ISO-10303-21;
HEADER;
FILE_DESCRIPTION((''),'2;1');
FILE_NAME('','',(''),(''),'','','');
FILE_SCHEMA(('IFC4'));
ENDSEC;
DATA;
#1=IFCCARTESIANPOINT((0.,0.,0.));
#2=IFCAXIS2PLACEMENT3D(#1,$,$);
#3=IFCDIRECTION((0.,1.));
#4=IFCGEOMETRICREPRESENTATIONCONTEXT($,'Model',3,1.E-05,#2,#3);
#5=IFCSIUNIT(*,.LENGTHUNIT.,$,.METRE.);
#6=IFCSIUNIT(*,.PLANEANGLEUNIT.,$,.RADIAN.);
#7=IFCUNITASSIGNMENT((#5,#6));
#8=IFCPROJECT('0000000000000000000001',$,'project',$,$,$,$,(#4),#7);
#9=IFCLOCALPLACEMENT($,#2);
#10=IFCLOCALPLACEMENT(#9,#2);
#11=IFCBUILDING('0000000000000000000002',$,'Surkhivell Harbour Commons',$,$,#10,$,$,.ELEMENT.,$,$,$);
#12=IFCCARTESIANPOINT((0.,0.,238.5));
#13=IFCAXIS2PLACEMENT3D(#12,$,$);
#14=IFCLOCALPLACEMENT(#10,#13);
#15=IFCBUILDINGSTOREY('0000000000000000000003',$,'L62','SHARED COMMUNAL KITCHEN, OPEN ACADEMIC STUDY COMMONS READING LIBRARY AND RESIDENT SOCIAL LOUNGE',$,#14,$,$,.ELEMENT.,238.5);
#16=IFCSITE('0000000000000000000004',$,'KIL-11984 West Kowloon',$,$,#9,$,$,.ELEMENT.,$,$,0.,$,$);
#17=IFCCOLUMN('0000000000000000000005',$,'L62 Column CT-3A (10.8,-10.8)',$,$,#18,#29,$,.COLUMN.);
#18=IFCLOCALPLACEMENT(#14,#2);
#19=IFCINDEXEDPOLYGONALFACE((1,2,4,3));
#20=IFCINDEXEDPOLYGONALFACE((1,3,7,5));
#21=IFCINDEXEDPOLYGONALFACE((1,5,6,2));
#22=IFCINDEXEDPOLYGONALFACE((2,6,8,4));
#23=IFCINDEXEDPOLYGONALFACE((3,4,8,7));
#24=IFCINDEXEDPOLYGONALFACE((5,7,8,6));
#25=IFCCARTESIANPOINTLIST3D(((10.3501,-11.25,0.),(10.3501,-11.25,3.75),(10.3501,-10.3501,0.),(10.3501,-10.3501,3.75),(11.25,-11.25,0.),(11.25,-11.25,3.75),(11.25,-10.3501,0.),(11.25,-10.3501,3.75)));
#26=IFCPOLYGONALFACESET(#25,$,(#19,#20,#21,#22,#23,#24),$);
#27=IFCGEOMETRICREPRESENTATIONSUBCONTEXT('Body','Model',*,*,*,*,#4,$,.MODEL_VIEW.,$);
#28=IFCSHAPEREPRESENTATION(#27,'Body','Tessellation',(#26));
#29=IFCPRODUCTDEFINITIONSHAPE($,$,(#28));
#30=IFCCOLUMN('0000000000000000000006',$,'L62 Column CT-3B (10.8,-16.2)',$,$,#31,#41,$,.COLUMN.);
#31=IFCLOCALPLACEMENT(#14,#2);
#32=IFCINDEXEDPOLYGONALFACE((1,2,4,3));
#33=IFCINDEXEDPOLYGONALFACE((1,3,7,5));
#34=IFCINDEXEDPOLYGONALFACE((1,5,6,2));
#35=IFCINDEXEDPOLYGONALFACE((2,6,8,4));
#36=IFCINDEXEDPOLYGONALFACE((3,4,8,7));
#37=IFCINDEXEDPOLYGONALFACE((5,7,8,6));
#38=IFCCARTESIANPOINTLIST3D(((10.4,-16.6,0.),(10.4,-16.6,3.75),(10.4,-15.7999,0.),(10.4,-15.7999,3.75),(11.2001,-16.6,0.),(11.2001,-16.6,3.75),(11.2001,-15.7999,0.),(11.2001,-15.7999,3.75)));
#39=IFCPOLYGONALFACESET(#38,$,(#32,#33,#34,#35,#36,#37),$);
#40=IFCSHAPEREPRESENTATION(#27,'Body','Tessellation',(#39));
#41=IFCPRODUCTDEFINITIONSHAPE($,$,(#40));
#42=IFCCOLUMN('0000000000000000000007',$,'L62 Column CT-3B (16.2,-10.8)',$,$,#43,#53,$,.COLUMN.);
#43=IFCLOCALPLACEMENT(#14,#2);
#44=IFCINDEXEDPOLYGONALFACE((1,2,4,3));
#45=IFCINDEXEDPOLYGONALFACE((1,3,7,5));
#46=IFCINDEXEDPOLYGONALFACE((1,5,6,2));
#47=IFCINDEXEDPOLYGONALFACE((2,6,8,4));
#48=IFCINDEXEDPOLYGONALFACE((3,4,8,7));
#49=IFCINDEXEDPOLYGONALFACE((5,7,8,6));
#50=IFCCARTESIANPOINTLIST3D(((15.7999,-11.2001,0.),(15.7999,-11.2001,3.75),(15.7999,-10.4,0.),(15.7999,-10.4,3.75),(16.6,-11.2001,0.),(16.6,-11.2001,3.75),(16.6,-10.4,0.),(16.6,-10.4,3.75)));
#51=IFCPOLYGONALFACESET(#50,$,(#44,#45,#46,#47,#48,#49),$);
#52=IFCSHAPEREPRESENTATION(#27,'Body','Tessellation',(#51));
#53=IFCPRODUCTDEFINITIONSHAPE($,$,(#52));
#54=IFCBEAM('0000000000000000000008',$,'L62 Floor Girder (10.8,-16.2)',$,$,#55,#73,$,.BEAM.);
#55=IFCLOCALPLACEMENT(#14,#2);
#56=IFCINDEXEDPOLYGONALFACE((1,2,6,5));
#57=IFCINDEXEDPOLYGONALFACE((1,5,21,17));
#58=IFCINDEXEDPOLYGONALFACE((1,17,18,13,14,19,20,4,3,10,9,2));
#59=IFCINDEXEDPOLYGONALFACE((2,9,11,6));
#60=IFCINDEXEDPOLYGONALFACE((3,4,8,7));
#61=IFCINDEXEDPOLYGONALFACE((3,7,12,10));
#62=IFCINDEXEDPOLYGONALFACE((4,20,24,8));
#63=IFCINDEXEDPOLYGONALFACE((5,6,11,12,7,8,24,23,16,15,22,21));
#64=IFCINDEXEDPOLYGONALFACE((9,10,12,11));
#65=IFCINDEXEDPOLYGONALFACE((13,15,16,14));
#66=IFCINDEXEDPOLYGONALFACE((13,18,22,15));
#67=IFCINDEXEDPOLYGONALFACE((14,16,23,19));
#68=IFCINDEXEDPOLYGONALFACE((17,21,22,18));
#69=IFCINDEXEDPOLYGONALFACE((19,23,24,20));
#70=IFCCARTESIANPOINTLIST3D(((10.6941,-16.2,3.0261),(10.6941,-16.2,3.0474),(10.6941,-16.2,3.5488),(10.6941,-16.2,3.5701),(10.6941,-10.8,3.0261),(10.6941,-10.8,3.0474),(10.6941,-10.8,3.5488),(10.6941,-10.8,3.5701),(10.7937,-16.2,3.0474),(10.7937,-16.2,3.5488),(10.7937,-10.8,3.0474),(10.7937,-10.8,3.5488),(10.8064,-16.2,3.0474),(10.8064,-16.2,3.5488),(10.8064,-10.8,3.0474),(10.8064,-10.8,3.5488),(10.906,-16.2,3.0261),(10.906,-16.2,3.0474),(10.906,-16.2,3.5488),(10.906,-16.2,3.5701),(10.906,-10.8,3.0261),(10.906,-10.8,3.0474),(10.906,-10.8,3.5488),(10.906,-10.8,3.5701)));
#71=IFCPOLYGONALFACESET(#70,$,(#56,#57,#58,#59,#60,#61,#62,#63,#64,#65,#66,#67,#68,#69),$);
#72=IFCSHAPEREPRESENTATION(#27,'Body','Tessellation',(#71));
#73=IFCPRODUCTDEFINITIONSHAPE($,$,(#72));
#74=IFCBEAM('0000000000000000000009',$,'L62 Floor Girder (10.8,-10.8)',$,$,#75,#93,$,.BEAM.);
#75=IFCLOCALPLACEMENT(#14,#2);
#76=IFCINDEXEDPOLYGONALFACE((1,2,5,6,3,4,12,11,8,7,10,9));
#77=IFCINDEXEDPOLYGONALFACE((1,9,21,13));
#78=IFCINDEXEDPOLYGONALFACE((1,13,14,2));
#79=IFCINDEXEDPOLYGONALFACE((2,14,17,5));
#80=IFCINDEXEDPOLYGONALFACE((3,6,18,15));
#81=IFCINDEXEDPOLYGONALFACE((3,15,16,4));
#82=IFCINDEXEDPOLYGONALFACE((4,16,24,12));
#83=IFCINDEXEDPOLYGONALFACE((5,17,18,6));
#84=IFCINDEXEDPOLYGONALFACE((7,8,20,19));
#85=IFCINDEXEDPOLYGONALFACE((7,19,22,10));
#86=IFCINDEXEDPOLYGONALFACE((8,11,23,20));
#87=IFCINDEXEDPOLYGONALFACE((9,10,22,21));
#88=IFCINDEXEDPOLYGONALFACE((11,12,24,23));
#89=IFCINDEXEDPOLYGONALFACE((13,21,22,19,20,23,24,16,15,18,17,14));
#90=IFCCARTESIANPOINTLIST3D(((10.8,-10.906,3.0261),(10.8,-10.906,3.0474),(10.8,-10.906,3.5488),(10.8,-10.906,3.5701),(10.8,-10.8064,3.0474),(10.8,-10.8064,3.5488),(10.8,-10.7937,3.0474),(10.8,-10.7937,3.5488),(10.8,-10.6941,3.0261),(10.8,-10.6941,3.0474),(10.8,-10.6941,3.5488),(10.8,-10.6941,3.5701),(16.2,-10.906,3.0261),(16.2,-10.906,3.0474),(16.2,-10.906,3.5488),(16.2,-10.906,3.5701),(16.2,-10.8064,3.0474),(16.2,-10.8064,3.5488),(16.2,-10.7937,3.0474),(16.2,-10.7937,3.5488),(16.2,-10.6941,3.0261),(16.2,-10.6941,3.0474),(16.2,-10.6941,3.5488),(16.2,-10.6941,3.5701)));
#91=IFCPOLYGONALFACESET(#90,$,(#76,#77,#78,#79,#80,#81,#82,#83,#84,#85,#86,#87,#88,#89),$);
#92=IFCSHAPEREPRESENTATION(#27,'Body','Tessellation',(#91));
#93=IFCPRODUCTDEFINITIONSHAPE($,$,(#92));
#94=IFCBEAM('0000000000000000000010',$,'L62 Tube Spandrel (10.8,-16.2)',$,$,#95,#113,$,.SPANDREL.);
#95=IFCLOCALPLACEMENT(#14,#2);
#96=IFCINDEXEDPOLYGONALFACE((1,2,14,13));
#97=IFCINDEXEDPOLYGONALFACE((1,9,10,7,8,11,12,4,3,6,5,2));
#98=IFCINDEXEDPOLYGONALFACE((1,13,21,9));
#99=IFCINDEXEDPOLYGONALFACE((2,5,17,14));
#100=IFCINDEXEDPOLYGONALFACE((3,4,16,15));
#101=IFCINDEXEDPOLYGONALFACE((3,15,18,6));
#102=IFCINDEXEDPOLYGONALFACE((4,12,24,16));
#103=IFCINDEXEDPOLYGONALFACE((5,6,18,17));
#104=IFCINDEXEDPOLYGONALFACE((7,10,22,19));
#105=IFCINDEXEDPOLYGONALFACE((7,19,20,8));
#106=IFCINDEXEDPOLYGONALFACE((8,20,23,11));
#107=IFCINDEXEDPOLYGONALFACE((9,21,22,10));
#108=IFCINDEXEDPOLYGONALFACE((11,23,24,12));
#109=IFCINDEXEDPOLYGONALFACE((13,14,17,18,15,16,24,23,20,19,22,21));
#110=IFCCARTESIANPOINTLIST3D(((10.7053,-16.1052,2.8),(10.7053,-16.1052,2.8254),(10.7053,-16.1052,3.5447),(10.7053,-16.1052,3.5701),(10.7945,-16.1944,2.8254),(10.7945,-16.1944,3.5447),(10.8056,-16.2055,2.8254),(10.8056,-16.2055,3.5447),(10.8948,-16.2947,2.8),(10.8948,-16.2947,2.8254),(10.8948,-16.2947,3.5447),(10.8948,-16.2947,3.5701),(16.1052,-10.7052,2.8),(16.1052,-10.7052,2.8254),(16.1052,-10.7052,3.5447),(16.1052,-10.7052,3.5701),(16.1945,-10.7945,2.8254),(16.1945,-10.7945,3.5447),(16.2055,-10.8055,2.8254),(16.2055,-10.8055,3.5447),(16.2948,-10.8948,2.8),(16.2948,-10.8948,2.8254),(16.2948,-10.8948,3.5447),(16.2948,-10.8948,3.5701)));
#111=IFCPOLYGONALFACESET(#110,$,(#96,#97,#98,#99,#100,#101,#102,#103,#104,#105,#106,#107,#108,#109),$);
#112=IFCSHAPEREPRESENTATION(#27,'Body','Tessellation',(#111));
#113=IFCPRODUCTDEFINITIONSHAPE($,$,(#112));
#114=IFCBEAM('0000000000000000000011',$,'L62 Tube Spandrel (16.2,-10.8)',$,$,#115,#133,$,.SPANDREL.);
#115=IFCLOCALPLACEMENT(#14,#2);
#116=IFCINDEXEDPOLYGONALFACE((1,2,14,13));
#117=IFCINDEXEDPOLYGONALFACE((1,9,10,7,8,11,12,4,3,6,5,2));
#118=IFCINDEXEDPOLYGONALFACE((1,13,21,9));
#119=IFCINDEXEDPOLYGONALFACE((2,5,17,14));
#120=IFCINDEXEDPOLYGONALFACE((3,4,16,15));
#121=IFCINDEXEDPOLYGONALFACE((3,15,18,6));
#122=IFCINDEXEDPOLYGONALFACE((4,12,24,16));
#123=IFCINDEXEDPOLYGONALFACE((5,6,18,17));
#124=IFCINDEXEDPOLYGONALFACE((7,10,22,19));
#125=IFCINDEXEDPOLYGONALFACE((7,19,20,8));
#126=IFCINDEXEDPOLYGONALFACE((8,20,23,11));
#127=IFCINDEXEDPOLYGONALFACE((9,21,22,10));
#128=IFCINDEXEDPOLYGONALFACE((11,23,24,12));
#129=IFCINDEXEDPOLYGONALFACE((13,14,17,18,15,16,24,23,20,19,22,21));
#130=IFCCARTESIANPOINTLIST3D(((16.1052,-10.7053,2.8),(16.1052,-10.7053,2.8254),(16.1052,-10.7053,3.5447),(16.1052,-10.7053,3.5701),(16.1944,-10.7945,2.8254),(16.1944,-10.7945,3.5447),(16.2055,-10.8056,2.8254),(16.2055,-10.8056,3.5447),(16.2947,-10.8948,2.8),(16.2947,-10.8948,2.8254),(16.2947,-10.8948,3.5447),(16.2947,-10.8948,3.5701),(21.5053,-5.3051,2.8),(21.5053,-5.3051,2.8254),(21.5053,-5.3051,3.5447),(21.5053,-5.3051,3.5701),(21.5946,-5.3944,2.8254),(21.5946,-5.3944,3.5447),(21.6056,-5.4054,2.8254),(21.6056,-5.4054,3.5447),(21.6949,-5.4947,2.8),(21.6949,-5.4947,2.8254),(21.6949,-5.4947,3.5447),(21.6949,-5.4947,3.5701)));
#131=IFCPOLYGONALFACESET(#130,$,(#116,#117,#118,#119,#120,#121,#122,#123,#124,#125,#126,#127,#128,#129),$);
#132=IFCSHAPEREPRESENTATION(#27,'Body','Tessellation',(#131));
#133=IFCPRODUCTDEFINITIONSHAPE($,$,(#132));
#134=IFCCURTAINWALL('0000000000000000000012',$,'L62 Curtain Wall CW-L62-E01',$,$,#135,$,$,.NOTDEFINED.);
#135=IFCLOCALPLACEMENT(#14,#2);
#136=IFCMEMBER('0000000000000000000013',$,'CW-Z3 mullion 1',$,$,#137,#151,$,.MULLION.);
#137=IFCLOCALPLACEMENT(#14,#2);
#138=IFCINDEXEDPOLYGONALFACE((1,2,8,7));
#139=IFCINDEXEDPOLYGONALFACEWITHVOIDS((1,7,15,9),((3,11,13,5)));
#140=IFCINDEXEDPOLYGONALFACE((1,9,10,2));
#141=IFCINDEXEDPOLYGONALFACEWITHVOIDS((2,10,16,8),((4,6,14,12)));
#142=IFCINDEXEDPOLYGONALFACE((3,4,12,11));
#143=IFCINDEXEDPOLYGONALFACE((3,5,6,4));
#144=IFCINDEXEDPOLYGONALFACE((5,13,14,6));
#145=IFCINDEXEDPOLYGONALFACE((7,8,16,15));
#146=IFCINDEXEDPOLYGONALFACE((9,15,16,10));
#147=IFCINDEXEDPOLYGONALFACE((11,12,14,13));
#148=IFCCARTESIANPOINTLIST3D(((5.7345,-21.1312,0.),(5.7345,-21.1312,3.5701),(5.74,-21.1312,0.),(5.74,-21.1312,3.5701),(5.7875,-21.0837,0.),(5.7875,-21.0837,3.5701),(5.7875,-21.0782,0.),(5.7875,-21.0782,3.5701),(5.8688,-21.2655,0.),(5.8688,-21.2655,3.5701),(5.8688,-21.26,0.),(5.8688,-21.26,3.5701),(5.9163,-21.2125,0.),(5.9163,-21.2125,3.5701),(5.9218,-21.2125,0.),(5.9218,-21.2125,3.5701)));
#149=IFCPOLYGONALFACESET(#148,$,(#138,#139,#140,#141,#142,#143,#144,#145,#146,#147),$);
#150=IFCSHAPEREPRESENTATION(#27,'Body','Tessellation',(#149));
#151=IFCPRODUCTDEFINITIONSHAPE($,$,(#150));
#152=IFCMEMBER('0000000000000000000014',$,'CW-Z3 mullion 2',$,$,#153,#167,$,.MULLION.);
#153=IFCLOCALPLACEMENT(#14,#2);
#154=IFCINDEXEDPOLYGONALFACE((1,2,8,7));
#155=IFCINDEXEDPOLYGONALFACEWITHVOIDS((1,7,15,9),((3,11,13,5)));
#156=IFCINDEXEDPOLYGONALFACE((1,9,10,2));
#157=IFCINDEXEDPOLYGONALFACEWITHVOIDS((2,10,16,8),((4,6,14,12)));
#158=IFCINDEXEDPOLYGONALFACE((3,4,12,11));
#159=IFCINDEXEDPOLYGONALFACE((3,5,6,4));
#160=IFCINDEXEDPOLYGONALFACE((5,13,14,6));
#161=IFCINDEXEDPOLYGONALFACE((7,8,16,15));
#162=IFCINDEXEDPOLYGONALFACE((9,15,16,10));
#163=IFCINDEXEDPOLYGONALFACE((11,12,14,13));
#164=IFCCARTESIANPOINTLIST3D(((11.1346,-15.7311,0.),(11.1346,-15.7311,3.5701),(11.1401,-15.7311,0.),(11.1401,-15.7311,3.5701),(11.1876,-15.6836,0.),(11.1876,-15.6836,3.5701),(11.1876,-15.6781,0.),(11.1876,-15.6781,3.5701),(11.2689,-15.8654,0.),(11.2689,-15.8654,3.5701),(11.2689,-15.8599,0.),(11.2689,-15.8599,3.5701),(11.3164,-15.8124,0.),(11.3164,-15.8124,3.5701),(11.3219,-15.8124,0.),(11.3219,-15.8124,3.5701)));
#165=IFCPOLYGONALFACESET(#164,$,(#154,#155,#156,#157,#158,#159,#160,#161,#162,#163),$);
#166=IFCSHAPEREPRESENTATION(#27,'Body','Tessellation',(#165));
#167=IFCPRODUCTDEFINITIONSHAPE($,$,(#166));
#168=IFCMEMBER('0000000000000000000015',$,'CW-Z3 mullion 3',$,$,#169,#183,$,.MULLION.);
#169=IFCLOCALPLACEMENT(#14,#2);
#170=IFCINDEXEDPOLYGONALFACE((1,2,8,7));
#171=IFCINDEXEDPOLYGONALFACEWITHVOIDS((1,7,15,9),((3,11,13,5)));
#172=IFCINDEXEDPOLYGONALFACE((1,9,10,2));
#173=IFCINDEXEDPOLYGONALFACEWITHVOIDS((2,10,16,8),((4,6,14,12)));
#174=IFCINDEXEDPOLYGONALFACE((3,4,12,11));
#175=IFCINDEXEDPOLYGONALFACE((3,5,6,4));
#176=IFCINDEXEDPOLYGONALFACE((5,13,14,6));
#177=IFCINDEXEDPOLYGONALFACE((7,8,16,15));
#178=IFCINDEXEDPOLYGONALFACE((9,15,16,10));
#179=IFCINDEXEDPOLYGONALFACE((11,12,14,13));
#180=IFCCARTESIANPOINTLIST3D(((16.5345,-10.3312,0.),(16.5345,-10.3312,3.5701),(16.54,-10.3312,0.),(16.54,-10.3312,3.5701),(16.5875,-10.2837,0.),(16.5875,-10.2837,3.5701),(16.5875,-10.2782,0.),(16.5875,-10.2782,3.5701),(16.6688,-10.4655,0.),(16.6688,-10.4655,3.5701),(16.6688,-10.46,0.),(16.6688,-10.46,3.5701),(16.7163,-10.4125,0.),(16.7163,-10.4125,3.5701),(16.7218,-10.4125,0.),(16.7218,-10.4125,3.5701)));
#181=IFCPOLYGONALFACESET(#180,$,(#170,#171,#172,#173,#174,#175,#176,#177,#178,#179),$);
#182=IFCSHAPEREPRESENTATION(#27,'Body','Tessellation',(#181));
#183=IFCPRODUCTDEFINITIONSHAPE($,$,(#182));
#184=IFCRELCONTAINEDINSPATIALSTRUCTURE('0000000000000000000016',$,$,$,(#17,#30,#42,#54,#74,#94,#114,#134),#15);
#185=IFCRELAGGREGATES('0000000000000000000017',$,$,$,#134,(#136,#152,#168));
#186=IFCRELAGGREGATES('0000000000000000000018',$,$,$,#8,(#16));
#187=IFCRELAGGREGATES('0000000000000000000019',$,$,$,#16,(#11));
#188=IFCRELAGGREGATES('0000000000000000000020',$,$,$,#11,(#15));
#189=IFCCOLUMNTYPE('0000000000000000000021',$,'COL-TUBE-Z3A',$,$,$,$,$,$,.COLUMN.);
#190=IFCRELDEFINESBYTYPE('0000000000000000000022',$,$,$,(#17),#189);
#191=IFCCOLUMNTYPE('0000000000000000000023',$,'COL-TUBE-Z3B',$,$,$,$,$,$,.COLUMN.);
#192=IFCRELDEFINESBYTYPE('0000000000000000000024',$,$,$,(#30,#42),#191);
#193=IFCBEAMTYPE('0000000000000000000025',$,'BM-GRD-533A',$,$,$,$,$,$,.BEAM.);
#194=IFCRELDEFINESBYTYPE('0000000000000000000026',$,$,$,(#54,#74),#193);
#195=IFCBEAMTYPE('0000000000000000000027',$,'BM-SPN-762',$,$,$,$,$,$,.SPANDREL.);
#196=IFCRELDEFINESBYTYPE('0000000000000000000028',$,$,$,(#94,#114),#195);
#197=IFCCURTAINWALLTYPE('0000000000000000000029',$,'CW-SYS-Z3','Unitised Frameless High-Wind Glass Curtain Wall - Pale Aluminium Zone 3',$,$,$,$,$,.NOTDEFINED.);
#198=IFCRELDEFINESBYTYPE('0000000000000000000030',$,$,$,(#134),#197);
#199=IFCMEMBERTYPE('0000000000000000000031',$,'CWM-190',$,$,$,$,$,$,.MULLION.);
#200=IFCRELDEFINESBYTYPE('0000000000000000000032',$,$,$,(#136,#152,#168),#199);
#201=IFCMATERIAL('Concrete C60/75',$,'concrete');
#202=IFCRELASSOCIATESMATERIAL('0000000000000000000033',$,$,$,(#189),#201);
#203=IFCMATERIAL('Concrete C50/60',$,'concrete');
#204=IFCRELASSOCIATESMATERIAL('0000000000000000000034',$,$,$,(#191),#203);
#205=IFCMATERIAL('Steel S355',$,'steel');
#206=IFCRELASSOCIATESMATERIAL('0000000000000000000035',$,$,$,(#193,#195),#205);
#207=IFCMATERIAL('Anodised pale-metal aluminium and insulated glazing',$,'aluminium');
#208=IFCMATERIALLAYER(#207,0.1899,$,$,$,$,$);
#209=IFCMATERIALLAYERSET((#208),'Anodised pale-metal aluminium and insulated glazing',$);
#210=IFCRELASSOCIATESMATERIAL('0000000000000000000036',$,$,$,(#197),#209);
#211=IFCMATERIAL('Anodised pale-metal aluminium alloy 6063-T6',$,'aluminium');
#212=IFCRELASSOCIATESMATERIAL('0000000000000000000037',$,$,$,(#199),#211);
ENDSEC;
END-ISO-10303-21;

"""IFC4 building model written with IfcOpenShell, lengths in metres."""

from ifc_helpers import new_model, si_unit, direction, frame, origin, origin_2d, place, context, subcontext, project, spatial, rectangle, hollow_rectangle, i_section, extrude, material, layer, layer_set, material_profile, profile_set, type_object, element, aggregate, save


model = new_model("IFC4")

# Units and contexts
model_context = context("Model", 3, precision=1e-05, world=origin(), true_north=direction((0.0, 1.0)))
body_context = subcontext(model_context, "Body", "Model", "MODEL_VIEW")
ifc_project = project(units=[si_unit("LENGTHUNIT", "METRE"), si_unit("PLANEANGLEUNIT", "RADIAN")], contexts=[model_context])

# Site, building, storey
site_placement = place(None, origin())
site = spatial("IfcSite", under=ifc_project, at=site_placement, Name="KIL-11984 West Kowloon", CompositionType="ELEMENT", RefElevation=0.0)
building_placement = place(site_placement, origin())
building = spatial("IfcBuilding", under=site, at=building_placement, Name="Surkhivell Harbour Commons", CompositionType="ELEMENT")
storey_placement = place(building_placement, frame((0.0, 0.0, 238.5)))
storey = spatial("IfcBuildingStorey", under=building, at=storey_placement, Name="L62", Description="SHARED COMMUNAL KITCHEN, OPEN ACADEMIC STUDY COMMONS READING LIBRARY AND RESIDENT SOCIAL LOUNGE", CompositionType="ELEMENT", Elevation=238.5)

# Columns
ifc_material_1 = material(Name="Concrete C60/75", Category="concrete")
ifc_material_profile_1 = material_profile(ifc_material_1, rectangle(XDim=0.8999, YDim=0.8999, at=origin_2d()), Name="RC-COL-900x900")
ifc_profile_set_1 = profile_set([ifc_material_profile_1], Name="Concrete C60/75")
column_type_1 = type_object("IfcColumnType", Name="COL-TUBE-Z3A", PredefinedType="COLUMN", material=ifc_profile_set_1)
column_placement = place(storey_placement, frame((10.8, -10.8, 0.0), z_axis=(0.0, 0.0, 1.0), x_axis=(1.0, 0.0, 0.0)))
element("IfcColumn", 1, at=column_placement, inside=storey, type_object=column_type_1, Name="L62 Column CT-3A (10.8,-10.8)", PredefinedType="COLUMN", context=body_context, shape_type="SweptSolid", body=[
    extrude(rectangle(XDim=0.8999, YDim=0.8999, at=origin_2d()), origin(), (0.0, 0.0, 1.0), 3.75),
])
ifc_material_2 = material(Name="Concrete C50/60", Category="concrete")
ifc_material_profile_2 = material_profile(ifc_material_2, rectangle(XDim=0.8, YDim=0.8, at=origin_2d()), Name="RC-COL-800x800")
ifc_profile_set_2 = profile_set([ifc_material_profile_2], Name="Concrete C50/60")
column_type_2 = type_object("IfcColumnType", Name="COL-TUBE-Z3B", PredefinedType="COLUMN", material=ifc_profile_set_2)
for number, where, z_axis, x_axis, name in (
    (2, (10.8, -16.2, 0.0), (0.0, 0.0, 1.0), (1.0, 0.0, 0.0), "L62 Column CT-3B (10.8,-16.2)"),
    (3, (16.2, -10.8, 0.0), (0.0, 0.0, 1.0), (1.0, 0.0, 0.0), "L62 Column CT-3B (16.2,-10.8)"),
):
    element("IfcColumn", number, at=place(storey_placement, frame(where, z_axis=z_axis, x_axis=x_axis)), inside=storey, type_object=column_type_2, Name=name, PredefinedType="COLUMN", context=body_context, shape_type="SweptSolid", body=[
        extrude(rectangle(XDim=0.8, YDim=0.8, at=origin_2d()), origin(), (0.0, 0.0, 1.0), 3.75),
    ])

# Beams
ifc_material_3 = material(Name="Steel S355", Category="steel")
ifc_material_profile_3 = material_profile(ifc_material_3, i_section(OverallWidth=0.2119, OverallDepth=0.5439, WebThickness=0.0127, FlangeThickness=0.0212, at=origin_2d()), Name="UB533x210x122")
ifc_profile_set_3 = profile_set([ifc_material_profile_3], Name="Steel S355")
beam_type_1 = type_object("IfcBeamType", Name="BM-GRD-533A", PredefinedType="BEAM", material=ifc_profile_set_3)
for number, where, z_axis, x_axis, name in (
    (4, (10.8, -16.2, 3.2981), (0.0, 1.0, 0.0), (-1.0, 0.0, 0.0), "L62 Floor Girder (10.8,-16.2)"),
    (5, (10.8, -10.8, 3.2981), (1.0, 0.0, 0.0), (0.0, 1.0, 0.0), "L62 Floor Girder (10.8,-10.8)"),
):
    element("IfcBeam", number, at=place(storey_placement, frame(where, z_axis=z_axis, x_axis=x_axis)), inside=storey, type_object=beam_type_1, Name=name, PredefinedType="BEAM", context=body_context, shape_type="SweptSolid", body=[
        extrude(i_section(OverallWidth=0.2119, OverallDepth=0.5439, WebThickness=0.0127, FlangeThickness=0.0212, at=origin_2d()), origin(), (0.0, 0.0, 1.0), 5.3999),
    ])
ifc_material_profile_4 = material_profile(ifc_material_3, i_section(OverallWidth=0.2681, OverallDepth=0.77, WebThickness=0.0156, FlangeThickness=0.0254, at=origin_2d()), Name="UB762x267x197")
ifc_profile_set_4 = profile_set([ifc_material_profile_4], Name="Steel S355")
beam_type_2 = type_object("IfcBeamType", Name="BM-SPN-762", PredefinedType="SPANDREL", material=ifc_profile_set_4)
beam_1_placement = place(storey_placement, frame((10.8, -16.2, 3.1851), z_axis=(0.707107, 0.707107, 0.0), x_axis=(-0.707107, 0.707107, 0.0)))
element("IfcBeam", 6, at=beam_1_placement, inside=storey, type_object=beam_type_2, Name="L62 Tube Spandrel (10.8,-16.2)", PredefinedType="SPANDREL", context=body_context, shape_type="SweptSolid", body=[
    extrude(i_section(OverallWidth=0.2681, OverallDepth=0.77, WebThickness=0.0156, FlangeThickness=0.0254, at=origin_2d()), origin(), (0.0, 0.0, 1.0), 7.6367),
])
beam_2_placement = place(storey_placement, frame((16.2, -10.8, 3.1851), z_axis=(0.707107, 0.707107, 0.0), x_axis=(-0.707107, 0.707107, 0.0)))
element("IfcBeam", 7, at=beam_2_placement, inside=storey, type_object=beam_type_2, Name="L62 Tube Spandrel (16.2,-10.8)", PredefinedType="SPANDREL", context=body_context, shape_type="SweptSolid", body=[
    extrude(i_section(OverallWidth=0.2681, OverallDepth=0.77, WebThickness=0.0156, FlangeThickness=0.0254, at=origin_2d()), origin(), (0.0, 0.0, 1.0), 7.637),
])

# Curtain wall, members
ifc_material_4 = material(Name="Anodised pale-metal aluminium and insulated glazing", Category="aluminium")
ifc_layer_1 = layer(ifc_material_4, 0.1899)
ifc_layer_set_1 = layer_set([ifc_layer_1], Name="Anodised pale-metal aluminium and insulated glazing")
curtain_wall_type = type_object("IfcCurtainWallType", Name="CW-SYS-Z3", Description="Unitised Frameless High-Wind Glass Curtain Wall - Pale Aluminium Zone 3", PredefinedType="NOTDEFINED", material=ifc_layer_set_1)
curtain_wall_placement = place(storey_placement, origin())
curtain_wall = element("IfcCurtainWall", 8, at=curtain_wall_placement, inside=storey, type_object=curtain_wall_type, Name="L62 Curtain Wall CW-L62-E01", PredefinedType="NOTDEFINED")
ifc_material_5 = material(Name="Anodised pale-metal aluminium alloy 6063-T6", Category="aluminium")
ifc_material_profile_5 = material_profile(ifc_material_5, hollow_rectangle(XDim=0.075, YDim=0.1899, WallThickness=0.0039, at=origin_2d()), Name="ALU-MULL-75x190")
ifc_profile_set_5 = profile_set([ifc_material_profile_5], Name="Anodised pale-metal aluminium alloy 6063-T6")
member_type_1 = type_object("IfcMemberType", Name="CWM-190", PredefinedType="MULLION", material=ifc_profile_set_5)
member_1_placement = place(storey_placement, frame((5.8281, -21.1719, 0.0), z_axis=(0.0, 0.0, 1.0), x_axis=(0.707107, 0.707107, 0.0)))
member_1 = element("IfcMember", 9, at=member_1_placement, type_object=member_type_1, Name="CW-Z3 mullion 1", PredefinedType="MULLION", context=body_context, shape_type="SweptSolid", body=[
    extrude(hollow_rectangle(XDim=0.075, YDim=0.1899, WallThickness=0.0039, at=origin_2d()), origin(), (0.0, 0.0, 1.0), 3.5701),
])
member_2_placement = place(storey_placement, frame((11.2283, -15.7717, 0.0), z_axis=(0.0, 0.0, 1.0), x_axis=(0.707107, 0.707107, 0.0)))
member_2 = element("IfcMember", 10, at=member_2_placement, type_object=member_type_1, Name="CW-Z3 mullion 2", PredefinedType="MULLION", context=body_context, shape_type="SweptSolid", body=[
    extrude(hollow_rectangle(XDim=0.075, YDim=0.1899, WallThickness=0.0039, at=origin_2d()), origin(), (0.0, 0.0, 1.0), 3.5701),
])
member_3_placement = place(storey_placement, frame((16.6282, -10.3718, 0.0), z_axis=(0.0, 0.0, 1.0), x_axis=(0.707107, 0.707107, 0.0)))
member_3 = element("IfcMember", 11, at=member_3_placement, type_object=member_type_1, Name="CW-Z3 mullion 3", PredefinedType="MULLION", context=body_context, shape_type="SweptSolid", body=[
    extrude(hollow_rectangle(XDim=0.075, YDim=0.1899, WallThickness=0.0039, at=origin_2d()), origin(), (0.0, 0.0, 1.0), 3.5701),
])
aggregate(curtain_wall, [member_1, member_2, member_3])

save(model, "model.ifc")
